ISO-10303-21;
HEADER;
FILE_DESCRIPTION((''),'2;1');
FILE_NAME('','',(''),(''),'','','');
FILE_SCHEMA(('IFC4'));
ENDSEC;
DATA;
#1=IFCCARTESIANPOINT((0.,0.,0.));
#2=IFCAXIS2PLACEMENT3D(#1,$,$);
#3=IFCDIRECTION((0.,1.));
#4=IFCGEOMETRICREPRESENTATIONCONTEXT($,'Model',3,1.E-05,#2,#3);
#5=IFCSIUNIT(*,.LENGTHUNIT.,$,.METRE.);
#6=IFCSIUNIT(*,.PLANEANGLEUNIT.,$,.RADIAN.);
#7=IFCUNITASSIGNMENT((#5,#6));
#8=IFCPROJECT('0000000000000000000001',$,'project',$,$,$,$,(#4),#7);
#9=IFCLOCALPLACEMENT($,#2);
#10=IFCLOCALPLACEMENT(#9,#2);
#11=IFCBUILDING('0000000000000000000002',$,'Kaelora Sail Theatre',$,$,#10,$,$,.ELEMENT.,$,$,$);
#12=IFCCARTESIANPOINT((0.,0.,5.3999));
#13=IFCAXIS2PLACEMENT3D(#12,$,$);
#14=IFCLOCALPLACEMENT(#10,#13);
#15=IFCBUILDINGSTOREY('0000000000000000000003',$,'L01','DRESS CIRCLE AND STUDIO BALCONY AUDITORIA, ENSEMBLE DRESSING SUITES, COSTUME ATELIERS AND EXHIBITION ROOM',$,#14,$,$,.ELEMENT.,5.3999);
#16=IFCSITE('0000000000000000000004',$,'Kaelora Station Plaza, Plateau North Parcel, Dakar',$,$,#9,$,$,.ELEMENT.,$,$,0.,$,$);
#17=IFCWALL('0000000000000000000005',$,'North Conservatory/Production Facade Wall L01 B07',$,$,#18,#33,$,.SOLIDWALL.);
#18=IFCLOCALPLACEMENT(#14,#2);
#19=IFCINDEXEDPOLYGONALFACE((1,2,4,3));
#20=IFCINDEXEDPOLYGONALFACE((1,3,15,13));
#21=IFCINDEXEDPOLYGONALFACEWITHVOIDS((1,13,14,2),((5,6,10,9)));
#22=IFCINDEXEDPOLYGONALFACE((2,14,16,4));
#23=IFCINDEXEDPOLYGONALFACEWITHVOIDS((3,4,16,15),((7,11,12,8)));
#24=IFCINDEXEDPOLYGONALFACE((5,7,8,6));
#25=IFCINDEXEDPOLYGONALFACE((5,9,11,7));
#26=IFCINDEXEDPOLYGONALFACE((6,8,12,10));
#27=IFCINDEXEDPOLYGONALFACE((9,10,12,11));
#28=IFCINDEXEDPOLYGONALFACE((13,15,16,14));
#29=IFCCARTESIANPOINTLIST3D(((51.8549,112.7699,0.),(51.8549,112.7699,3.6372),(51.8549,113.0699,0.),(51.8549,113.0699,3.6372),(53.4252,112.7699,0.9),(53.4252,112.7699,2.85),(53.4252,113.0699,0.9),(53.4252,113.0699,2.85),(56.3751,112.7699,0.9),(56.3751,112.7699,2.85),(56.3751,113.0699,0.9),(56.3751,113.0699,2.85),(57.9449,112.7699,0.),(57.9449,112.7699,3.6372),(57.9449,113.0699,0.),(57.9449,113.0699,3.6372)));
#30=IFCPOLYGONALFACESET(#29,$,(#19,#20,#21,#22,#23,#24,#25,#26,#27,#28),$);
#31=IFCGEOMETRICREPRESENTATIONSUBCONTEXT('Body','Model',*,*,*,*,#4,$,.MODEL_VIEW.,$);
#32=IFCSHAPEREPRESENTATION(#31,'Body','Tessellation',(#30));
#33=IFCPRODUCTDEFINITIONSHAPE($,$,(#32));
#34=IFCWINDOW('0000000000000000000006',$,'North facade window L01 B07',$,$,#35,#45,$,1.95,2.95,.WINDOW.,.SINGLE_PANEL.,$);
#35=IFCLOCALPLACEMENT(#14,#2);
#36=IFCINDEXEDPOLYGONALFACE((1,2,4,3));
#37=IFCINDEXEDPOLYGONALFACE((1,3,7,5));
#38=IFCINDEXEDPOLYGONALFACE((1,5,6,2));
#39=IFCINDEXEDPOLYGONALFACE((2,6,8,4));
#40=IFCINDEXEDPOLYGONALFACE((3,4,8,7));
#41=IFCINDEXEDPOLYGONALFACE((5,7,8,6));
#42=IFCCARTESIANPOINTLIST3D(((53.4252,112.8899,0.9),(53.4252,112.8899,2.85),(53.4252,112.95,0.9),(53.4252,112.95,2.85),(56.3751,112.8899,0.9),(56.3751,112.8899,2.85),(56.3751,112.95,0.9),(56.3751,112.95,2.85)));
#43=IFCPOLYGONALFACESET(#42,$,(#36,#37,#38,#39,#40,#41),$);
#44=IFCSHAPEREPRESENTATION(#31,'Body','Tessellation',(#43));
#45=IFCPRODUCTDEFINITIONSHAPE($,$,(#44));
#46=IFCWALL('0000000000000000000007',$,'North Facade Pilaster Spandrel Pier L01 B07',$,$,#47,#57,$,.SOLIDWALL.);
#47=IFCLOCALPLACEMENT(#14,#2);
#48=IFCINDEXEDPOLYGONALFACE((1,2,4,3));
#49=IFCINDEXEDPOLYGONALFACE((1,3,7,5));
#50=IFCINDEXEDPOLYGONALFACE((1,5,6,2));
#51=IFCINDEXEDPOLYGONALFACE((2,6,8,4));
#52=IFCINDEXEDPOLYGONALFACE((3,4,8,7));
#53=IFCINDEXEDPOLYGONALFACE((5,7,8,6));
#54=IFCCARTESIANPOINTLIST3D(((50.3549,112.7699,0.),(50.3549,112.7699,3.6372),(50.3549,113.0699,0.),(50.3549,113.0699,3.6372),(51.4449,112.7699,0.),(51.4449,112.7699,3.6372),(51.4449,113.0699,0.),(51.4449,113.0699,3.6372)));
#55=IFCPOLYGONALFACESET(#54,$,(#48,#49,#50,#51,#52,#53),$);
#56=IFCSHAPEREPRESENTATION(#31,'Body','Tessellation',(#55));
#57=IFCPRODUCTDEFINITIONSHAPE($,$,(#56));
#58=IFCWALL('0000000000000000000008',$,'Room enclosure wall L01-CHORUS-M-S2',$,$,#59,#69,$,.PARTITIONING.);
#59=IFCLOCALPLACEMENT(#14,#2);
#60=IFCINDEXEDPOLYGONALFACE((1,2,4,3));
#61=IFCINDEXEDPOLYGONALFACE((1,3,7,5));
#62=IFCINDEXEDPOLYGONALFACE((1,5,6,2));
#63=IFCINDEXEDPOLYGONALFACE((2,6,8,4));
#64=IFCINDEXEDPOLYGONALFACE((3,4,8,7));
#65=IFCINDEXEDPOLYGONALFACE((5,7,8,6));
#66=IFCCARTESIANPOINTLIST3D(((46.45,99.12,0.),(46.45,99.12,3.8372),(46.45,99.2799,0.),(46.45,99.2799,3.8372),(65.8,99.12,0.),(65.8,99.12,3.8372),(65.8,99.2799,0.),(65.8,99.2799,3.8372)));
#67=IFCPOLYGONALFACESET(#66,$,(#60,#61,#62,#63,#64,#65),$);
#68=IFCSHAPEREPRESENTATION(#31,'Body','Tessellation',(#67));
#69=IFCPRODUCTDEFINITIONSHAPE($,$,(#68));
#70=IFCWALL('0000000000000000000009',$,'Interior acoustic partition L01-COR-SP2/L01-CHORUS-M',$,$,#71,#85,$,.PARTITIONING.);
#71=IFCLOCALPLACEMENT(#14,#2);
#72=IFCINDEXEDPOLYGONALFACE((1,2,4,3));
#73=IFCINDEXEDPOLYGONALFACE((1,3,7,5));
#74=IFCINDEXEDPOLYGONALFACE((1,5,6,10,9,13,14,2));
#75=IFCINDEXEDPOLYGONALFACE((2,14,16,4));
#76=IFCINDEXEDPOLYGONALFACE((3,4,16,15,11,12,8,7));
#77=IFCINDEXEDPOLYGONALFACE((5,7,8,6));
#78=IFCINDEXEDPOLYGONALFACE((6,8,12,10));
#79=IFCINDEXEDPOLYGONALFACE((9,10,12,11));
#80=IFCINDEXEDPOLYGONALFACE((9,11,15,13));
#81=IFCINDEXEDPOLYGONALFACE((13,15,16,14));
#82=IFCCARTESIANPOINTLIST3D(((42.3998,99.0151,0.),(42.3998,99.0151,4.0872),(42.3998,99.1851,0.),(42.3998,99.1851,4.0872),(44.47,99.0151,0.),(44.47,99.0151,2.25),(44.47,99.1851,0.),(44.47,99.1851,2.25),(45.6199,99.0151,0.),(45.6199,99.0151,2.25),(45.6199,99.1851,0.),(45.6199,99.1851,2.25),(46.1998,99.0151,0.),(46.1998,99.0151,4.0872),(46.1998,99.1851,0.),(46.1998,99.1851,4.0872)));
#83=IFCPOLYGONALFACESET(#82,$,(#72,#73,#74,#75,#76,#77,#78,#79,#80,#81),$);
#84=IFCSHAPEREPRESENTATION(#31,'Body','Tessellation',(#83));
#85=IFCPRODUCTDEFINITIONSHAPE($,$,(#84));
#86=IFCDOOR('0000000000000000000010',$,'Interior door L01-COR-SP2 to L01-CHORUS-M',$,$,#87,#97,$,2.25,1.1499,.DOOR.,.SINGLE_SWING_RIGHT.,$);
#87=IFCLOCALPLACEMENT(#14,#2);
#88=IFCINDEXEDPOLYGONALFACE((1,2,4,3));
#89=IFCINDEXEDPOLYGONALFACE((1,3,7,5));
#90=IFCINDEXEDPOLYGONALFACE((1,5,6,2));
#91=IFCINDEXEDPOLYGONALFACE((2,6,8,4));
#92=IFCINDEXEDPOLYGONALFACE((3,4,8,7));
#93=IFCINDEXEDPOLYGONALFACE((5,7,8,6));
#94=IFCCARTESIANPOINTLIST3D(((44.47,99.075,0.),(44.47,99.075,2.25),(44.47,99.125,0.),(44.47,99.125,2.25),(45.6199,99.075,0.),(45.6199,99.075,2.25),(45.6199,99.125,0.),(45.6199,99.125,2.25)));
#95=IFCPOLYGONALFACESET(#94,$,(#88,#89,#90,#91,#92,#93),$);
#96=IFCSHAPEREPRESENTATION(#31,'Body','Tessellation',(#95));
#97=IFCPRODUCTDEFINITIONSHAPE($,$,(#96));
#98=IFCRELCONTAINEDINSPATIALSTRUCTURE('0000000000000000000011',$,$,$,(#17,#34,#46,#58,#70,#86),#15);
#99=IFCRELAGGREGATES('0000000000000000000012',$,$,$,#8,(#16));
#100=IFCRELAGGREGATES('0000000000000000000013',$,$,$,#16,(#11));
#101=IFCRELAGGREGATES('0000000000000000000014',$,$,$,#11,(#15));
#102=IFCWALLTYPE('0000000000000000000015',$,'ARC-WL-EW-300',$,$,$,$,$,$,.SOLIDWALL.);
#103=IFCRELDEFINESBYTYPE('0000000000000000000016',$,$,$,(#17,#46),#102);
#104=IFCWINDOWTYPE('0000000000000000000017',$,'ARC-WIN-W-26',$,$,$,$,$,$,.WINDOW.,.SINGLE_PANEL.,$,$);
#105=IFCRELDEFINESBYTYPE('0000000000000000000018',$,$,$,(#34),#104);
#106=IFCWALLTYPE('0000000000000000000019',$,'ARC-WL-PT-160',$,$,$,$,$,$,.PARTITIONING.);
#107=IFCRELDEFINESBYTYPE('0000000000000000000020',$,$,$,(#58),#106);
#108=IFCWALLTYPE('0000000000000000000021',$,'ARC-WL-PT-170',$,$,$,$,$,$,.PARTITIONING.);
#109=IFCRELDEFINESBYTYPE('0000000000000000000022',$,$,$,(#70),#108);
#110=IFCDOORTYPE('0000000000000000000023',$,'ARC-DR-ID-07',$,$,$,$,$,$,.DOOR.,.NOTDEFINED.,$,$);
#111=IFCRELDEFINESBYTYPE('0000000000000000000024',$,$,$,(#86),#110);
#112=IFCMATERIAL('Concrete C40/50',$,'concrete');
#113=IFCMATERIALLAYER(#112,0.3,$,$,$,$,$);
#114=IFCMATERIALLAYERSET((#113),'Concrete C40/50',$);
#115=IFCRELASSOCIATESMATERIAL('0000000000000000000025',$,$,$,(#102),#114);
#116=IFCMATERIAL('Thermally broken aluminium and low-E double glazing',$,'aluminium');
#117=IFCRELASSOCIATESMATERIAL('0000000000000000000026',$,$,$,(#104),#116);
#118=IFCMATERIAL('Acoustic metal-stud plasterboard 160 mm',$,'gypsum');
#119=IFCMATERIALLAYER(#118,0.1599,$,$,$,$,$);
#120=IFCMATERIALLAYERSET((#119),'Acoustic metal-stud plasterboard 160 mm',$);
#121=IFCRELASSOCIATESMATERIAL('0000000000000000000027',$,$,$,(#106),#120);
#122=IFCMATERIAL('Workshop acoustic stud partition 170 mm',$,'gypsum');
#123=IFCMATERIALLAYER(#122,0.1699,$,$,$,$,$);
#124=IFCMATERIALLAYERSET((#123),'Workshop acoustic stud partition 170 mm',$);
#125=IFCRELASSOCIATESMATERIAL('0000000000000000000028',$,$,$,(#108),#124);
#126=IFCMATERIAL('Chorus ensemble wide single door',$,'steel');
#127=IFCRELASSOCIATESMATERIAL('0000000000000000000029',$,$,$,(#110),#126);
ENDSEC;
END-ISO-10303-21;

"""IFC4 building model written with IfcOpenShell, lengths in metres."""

from ifc_helpers import new_model, si_unit, direction, frame, frame_2d, origin, place, context, subcontext, project, spatial, rectangle, extrude, material, layer, layer_set, type_object, element, fill, save


model = new_model("IFC4")

# Units and contexts
model_context = context("Model", 3, precision=1e-05, world=origin(), true_north=direction((0.0, 1.0)))
body_context = subcontext(model_context, "Body", "Model", "MODEL_VIEW")
ifc_project = project(units=[si_unit("LENGTHUNIT", "METRE"), si_unit("PLANEANGLEUNIT", "RADIAN")], contexts=[model_context])

# Site, building, storey
site_placement = place(None, origin())
site = spatial("IfcSite", under=ifc_project, at=site_placement, Name="Kaelora Station Plaza, Plateau North Parcel, Dakar", CompositionType="ELEMENT", RefElevation=0.0)
building_placement = place(site_placement, origin())
building = spatial("IfcBuilding", under=site, at=building_placement, Name="Kaelora Sail Theatre", CompositionType="ELEMENT")
storey_placement = place(building_placement, frame((0.0, 0.0, 5.3999)))
storey = spatial("IfcBuildingStorey", under=building, at=storey_placement, Name="L01", Description="DRESS CIRCLE AND STUDIO BALCONY AUDITORIA, ENSEMBLE DRESSING SUITES, COSTUME ATELIERS AND EXHIBITION ROOM", CompositionType="ELEMENT", Elevation=5.3999)

# Wall, opening, window
ifc_material_1 = material(Name="Concrete C40/50", Category="concrete")
ifc_layer_1 = layer(ifc_material_1, 0.3)
ifc_layer_set_1 = layer_set([ifc_layer_1], Name="Concrete C40/50")
wall_type_1 = type_object("IfcWallType", Name="ARC-WL-EW-300", PredefinedType="SOLIDWALL", material=ifc_layer_set_1)
wall_1_placement = place(storey_placement, frame((51.855, 112.9199, 0.0), z_axis=(0.0, 0.0, 1.0), x_axis=(1.0, 0.0, 0.0)))
wall_1 = element("IfcWall", 1, at=wall_1_placement, inside=storey, type_object=wall_type_1, Name="North Conservatory/Production Facade Wall L01 B07", PredefinedType="SOLIDWALL", context=body_context, shape_type="SweptSolid", body=[
    extrude(rectangle(XDim=6.0901, YDim=0.3, at=frame_2d((3.0449, 0.0))), origin(), (0.0, 0.0, 1.0), 3.6372),
])
opening_1_placement = place(wall_1_placement, frame((1.5701, 0.0, 0.8999)))
opening_1 = element("IfcOpeningElement", 2, at=opening_1_placement, cuts=wall_1, PredefinedType="OPENING", context=body_context, shape_type="SweptSolid", body=[
    extrude(rectangle(XDim=2.95, YDim=1.95, at=frame_2d((1.4751, 0.9751))), frame((0.0, 0.1599, 0.0), z_axis=(0.0, -1.0, 0.0), x_axis=(1.0, 0.0, 0.0)), (0.0, 0.0, 1.0), 0.32),
])
ifc_material_2 = material(Name="Thermally broken aluminium and low-E double glazing", Category="aluminium")
window_type_1 = type_object("IfcWindowType", Name="ARC-WIN-W-26", PartitioningType="SINGLE_PANEL", PredefinedType="WINDOW", material=ifc_material_2)
window_1_placement = place(opening_1_placement, origin())
window_1 = element("IfcWindow", 3, at=window_1_placement, inside=storey, type_object=window_type_1, Name="North facade window L01 B07", OverallHeight=1.95, OverallWidth=2.95, PartitioningType="SINGLE_PANEL", PredefinedType="WINDOW", context=body_context, shape_type="SweptSolid", body=[
    extrude(rectangle(XDim=2.95, YDim=1.95, at=frame_2d((1.4751, 0.9751))), frame((0.0, 0.03, 0.0), z_axis=(0.0, -1.0, 0.0), x_axis=(1.0, 0.0, 0.0)), (0.0, 0.0, 1.0), 0.0601),
])
fill(opening_1, window_1)

# Walls
wall_2_placement = place(storey_placement, frame((50.355, 112.9199, 0.0), z_axis=(0.0, 0.0, 1.0), x_axis=(1.0, 0.0, 0.0)))
element("IfcWall", 4, at=wall_2_placement, inside=storey, type_object=wall_type_1, Name="North Facade Pilaster Spandrel Pier L01 B07", PredefinedType="SOLIDWALL", context=body_context, shape_type="SweptSolid", body=[
    extrude(rectangle(XDim=1.0901, YDim=0.3, at=frame_2d((0.5449, 0.0))), origin(), (0.0, 0.0, 1.0), 3.6372),
])
ifc_material_3 = material(Name="Acoustic metal-stud plasterboard 160 mm", Category="gypsum")
ifc_layer_2 = layer(ifc_material_3, 0.1599)
ifc_layer_set_2 = layer_set([ifc_layer_2], Name="Acoustic metal-stud plasterboard 160 mm")
wall_type_2 = type_object("IfcWallType", Name="ARC-WL-PT-160", PredefinedType="PARTITIONING", material=ifc_layer_set_2)
wall_3_placement = place(storey_placement, frame((46.45, 99.2, 0.0), z_axis=(0.0, 0.0, 1.0), x_axis=(1.0, 0.0, 0.0)))
element("IfcWall", 5, at=wall_3_placement, inside=storey, type_object=wall_type_2, Name="Room enclosure wall L01-CHORUS-M-S2", PredefinedType="PARTITIONING", context=body_context, shape_type="SweptSolid", body=[
    extrude(rectangle(XDim=19.3501, YDim=0.1599, at=frame_2d((9.675, 0.0))), origin(), (0.0, 0.0, 1.0), 3.8372),
])

# Wall, opening, door
ifc_material_4 = material(Name="Workshop acoustic stud partition 170 mm", Category="gypsum")
ifc_layer_3 = layer(ifc_material_4, 0.1699)
ifc_layer_set_3 = layer_set([ifc_layer_3], Name="Workshop acoustic stud partition 170 mm")
wall_type_3 = type_object("IfcWallType", Name="ARC-WL-PT-170", PredefinedType="PARTITIONING", material=ifc_layer_set_3)
wall_4_placement = place(storey_placement, frame((42.3999, 99.1001, 0.0), z_axis=(0.0, 0.0, 1.0), x_axis=(1.0, 0.0, 0.0)))
wall_4 = element("IfcWall", 6, at=wall_4_placement, inside=storey, type_object=wall_type_3, Name="Interior acoustic partition L01-COR-SP2/L01-CHORUS-M", PredefinedType="PARTITIONING", context=body_context, shape_type="SweptSolid", body=[
    extrude(rectangle(XDim=3.8, YDim=0.1699, at=frame_2d((1.8999, 0.0))), origin(), (0.0, 0.0, 1.0), 4.0872),
])
opening_2_placement = place(wall_4_placement, frame((2.0701, 0.0, 0.0)))
opening_2 = element("IfcOpeningElement", 7, at=opening_2_placement, cuts=wall_4, PredefinedType="OPENING", context=body_context, shape_type="SweptSolid", body=[
    extrude(rectangle(XDim=1.1499, YDim=2.25, at=frame_2d((0.575, 1.125))), frame((0.0, 0.095, 0.0), z_axis=(0.0, -1.0, 0.0), x_axis=(1.0, 0.0, 0.0)), (0.0, 0.0, 1.0), 0.1899),
])
ifc_material_5 = material(Name="Chorus ensemble wide single door", Category="steel")
door_type = type_object("IfcDoorType", Name="ARC-DR-ID-07", OperationType="NOTDEFINED", PredefinedType="DOOR", material=ifc_material_5)
door_placement = place(opening_2_placement, origin())
door = element("IfcDoor", 8, at=door_placement, inside=storey, type_object=door_type, Name="Interior door L01-COR-SP2 to L01-CHORUS-M", OperationType="SINGLE_SWING_RIGHT", OverallHeight=2.25, OverallWidth=1.1499, PredefinedType="DOOR", context=body_context, shape_type="SweptSolid", body=[
    extrude(rectangle(XDim=1.1499, YDim=2.25, at=frame_2d((0.575, 1.125))), frame((0.0, 0.0249, 0.0), z_axis=(0.0, -1.0, 0.0), x_axis=(1.0, 0.0, 0.0)), (0.0, 0.0, 1.0), 0.05),
])
fill(opening_2, door)

save(model, "model.ifc")
